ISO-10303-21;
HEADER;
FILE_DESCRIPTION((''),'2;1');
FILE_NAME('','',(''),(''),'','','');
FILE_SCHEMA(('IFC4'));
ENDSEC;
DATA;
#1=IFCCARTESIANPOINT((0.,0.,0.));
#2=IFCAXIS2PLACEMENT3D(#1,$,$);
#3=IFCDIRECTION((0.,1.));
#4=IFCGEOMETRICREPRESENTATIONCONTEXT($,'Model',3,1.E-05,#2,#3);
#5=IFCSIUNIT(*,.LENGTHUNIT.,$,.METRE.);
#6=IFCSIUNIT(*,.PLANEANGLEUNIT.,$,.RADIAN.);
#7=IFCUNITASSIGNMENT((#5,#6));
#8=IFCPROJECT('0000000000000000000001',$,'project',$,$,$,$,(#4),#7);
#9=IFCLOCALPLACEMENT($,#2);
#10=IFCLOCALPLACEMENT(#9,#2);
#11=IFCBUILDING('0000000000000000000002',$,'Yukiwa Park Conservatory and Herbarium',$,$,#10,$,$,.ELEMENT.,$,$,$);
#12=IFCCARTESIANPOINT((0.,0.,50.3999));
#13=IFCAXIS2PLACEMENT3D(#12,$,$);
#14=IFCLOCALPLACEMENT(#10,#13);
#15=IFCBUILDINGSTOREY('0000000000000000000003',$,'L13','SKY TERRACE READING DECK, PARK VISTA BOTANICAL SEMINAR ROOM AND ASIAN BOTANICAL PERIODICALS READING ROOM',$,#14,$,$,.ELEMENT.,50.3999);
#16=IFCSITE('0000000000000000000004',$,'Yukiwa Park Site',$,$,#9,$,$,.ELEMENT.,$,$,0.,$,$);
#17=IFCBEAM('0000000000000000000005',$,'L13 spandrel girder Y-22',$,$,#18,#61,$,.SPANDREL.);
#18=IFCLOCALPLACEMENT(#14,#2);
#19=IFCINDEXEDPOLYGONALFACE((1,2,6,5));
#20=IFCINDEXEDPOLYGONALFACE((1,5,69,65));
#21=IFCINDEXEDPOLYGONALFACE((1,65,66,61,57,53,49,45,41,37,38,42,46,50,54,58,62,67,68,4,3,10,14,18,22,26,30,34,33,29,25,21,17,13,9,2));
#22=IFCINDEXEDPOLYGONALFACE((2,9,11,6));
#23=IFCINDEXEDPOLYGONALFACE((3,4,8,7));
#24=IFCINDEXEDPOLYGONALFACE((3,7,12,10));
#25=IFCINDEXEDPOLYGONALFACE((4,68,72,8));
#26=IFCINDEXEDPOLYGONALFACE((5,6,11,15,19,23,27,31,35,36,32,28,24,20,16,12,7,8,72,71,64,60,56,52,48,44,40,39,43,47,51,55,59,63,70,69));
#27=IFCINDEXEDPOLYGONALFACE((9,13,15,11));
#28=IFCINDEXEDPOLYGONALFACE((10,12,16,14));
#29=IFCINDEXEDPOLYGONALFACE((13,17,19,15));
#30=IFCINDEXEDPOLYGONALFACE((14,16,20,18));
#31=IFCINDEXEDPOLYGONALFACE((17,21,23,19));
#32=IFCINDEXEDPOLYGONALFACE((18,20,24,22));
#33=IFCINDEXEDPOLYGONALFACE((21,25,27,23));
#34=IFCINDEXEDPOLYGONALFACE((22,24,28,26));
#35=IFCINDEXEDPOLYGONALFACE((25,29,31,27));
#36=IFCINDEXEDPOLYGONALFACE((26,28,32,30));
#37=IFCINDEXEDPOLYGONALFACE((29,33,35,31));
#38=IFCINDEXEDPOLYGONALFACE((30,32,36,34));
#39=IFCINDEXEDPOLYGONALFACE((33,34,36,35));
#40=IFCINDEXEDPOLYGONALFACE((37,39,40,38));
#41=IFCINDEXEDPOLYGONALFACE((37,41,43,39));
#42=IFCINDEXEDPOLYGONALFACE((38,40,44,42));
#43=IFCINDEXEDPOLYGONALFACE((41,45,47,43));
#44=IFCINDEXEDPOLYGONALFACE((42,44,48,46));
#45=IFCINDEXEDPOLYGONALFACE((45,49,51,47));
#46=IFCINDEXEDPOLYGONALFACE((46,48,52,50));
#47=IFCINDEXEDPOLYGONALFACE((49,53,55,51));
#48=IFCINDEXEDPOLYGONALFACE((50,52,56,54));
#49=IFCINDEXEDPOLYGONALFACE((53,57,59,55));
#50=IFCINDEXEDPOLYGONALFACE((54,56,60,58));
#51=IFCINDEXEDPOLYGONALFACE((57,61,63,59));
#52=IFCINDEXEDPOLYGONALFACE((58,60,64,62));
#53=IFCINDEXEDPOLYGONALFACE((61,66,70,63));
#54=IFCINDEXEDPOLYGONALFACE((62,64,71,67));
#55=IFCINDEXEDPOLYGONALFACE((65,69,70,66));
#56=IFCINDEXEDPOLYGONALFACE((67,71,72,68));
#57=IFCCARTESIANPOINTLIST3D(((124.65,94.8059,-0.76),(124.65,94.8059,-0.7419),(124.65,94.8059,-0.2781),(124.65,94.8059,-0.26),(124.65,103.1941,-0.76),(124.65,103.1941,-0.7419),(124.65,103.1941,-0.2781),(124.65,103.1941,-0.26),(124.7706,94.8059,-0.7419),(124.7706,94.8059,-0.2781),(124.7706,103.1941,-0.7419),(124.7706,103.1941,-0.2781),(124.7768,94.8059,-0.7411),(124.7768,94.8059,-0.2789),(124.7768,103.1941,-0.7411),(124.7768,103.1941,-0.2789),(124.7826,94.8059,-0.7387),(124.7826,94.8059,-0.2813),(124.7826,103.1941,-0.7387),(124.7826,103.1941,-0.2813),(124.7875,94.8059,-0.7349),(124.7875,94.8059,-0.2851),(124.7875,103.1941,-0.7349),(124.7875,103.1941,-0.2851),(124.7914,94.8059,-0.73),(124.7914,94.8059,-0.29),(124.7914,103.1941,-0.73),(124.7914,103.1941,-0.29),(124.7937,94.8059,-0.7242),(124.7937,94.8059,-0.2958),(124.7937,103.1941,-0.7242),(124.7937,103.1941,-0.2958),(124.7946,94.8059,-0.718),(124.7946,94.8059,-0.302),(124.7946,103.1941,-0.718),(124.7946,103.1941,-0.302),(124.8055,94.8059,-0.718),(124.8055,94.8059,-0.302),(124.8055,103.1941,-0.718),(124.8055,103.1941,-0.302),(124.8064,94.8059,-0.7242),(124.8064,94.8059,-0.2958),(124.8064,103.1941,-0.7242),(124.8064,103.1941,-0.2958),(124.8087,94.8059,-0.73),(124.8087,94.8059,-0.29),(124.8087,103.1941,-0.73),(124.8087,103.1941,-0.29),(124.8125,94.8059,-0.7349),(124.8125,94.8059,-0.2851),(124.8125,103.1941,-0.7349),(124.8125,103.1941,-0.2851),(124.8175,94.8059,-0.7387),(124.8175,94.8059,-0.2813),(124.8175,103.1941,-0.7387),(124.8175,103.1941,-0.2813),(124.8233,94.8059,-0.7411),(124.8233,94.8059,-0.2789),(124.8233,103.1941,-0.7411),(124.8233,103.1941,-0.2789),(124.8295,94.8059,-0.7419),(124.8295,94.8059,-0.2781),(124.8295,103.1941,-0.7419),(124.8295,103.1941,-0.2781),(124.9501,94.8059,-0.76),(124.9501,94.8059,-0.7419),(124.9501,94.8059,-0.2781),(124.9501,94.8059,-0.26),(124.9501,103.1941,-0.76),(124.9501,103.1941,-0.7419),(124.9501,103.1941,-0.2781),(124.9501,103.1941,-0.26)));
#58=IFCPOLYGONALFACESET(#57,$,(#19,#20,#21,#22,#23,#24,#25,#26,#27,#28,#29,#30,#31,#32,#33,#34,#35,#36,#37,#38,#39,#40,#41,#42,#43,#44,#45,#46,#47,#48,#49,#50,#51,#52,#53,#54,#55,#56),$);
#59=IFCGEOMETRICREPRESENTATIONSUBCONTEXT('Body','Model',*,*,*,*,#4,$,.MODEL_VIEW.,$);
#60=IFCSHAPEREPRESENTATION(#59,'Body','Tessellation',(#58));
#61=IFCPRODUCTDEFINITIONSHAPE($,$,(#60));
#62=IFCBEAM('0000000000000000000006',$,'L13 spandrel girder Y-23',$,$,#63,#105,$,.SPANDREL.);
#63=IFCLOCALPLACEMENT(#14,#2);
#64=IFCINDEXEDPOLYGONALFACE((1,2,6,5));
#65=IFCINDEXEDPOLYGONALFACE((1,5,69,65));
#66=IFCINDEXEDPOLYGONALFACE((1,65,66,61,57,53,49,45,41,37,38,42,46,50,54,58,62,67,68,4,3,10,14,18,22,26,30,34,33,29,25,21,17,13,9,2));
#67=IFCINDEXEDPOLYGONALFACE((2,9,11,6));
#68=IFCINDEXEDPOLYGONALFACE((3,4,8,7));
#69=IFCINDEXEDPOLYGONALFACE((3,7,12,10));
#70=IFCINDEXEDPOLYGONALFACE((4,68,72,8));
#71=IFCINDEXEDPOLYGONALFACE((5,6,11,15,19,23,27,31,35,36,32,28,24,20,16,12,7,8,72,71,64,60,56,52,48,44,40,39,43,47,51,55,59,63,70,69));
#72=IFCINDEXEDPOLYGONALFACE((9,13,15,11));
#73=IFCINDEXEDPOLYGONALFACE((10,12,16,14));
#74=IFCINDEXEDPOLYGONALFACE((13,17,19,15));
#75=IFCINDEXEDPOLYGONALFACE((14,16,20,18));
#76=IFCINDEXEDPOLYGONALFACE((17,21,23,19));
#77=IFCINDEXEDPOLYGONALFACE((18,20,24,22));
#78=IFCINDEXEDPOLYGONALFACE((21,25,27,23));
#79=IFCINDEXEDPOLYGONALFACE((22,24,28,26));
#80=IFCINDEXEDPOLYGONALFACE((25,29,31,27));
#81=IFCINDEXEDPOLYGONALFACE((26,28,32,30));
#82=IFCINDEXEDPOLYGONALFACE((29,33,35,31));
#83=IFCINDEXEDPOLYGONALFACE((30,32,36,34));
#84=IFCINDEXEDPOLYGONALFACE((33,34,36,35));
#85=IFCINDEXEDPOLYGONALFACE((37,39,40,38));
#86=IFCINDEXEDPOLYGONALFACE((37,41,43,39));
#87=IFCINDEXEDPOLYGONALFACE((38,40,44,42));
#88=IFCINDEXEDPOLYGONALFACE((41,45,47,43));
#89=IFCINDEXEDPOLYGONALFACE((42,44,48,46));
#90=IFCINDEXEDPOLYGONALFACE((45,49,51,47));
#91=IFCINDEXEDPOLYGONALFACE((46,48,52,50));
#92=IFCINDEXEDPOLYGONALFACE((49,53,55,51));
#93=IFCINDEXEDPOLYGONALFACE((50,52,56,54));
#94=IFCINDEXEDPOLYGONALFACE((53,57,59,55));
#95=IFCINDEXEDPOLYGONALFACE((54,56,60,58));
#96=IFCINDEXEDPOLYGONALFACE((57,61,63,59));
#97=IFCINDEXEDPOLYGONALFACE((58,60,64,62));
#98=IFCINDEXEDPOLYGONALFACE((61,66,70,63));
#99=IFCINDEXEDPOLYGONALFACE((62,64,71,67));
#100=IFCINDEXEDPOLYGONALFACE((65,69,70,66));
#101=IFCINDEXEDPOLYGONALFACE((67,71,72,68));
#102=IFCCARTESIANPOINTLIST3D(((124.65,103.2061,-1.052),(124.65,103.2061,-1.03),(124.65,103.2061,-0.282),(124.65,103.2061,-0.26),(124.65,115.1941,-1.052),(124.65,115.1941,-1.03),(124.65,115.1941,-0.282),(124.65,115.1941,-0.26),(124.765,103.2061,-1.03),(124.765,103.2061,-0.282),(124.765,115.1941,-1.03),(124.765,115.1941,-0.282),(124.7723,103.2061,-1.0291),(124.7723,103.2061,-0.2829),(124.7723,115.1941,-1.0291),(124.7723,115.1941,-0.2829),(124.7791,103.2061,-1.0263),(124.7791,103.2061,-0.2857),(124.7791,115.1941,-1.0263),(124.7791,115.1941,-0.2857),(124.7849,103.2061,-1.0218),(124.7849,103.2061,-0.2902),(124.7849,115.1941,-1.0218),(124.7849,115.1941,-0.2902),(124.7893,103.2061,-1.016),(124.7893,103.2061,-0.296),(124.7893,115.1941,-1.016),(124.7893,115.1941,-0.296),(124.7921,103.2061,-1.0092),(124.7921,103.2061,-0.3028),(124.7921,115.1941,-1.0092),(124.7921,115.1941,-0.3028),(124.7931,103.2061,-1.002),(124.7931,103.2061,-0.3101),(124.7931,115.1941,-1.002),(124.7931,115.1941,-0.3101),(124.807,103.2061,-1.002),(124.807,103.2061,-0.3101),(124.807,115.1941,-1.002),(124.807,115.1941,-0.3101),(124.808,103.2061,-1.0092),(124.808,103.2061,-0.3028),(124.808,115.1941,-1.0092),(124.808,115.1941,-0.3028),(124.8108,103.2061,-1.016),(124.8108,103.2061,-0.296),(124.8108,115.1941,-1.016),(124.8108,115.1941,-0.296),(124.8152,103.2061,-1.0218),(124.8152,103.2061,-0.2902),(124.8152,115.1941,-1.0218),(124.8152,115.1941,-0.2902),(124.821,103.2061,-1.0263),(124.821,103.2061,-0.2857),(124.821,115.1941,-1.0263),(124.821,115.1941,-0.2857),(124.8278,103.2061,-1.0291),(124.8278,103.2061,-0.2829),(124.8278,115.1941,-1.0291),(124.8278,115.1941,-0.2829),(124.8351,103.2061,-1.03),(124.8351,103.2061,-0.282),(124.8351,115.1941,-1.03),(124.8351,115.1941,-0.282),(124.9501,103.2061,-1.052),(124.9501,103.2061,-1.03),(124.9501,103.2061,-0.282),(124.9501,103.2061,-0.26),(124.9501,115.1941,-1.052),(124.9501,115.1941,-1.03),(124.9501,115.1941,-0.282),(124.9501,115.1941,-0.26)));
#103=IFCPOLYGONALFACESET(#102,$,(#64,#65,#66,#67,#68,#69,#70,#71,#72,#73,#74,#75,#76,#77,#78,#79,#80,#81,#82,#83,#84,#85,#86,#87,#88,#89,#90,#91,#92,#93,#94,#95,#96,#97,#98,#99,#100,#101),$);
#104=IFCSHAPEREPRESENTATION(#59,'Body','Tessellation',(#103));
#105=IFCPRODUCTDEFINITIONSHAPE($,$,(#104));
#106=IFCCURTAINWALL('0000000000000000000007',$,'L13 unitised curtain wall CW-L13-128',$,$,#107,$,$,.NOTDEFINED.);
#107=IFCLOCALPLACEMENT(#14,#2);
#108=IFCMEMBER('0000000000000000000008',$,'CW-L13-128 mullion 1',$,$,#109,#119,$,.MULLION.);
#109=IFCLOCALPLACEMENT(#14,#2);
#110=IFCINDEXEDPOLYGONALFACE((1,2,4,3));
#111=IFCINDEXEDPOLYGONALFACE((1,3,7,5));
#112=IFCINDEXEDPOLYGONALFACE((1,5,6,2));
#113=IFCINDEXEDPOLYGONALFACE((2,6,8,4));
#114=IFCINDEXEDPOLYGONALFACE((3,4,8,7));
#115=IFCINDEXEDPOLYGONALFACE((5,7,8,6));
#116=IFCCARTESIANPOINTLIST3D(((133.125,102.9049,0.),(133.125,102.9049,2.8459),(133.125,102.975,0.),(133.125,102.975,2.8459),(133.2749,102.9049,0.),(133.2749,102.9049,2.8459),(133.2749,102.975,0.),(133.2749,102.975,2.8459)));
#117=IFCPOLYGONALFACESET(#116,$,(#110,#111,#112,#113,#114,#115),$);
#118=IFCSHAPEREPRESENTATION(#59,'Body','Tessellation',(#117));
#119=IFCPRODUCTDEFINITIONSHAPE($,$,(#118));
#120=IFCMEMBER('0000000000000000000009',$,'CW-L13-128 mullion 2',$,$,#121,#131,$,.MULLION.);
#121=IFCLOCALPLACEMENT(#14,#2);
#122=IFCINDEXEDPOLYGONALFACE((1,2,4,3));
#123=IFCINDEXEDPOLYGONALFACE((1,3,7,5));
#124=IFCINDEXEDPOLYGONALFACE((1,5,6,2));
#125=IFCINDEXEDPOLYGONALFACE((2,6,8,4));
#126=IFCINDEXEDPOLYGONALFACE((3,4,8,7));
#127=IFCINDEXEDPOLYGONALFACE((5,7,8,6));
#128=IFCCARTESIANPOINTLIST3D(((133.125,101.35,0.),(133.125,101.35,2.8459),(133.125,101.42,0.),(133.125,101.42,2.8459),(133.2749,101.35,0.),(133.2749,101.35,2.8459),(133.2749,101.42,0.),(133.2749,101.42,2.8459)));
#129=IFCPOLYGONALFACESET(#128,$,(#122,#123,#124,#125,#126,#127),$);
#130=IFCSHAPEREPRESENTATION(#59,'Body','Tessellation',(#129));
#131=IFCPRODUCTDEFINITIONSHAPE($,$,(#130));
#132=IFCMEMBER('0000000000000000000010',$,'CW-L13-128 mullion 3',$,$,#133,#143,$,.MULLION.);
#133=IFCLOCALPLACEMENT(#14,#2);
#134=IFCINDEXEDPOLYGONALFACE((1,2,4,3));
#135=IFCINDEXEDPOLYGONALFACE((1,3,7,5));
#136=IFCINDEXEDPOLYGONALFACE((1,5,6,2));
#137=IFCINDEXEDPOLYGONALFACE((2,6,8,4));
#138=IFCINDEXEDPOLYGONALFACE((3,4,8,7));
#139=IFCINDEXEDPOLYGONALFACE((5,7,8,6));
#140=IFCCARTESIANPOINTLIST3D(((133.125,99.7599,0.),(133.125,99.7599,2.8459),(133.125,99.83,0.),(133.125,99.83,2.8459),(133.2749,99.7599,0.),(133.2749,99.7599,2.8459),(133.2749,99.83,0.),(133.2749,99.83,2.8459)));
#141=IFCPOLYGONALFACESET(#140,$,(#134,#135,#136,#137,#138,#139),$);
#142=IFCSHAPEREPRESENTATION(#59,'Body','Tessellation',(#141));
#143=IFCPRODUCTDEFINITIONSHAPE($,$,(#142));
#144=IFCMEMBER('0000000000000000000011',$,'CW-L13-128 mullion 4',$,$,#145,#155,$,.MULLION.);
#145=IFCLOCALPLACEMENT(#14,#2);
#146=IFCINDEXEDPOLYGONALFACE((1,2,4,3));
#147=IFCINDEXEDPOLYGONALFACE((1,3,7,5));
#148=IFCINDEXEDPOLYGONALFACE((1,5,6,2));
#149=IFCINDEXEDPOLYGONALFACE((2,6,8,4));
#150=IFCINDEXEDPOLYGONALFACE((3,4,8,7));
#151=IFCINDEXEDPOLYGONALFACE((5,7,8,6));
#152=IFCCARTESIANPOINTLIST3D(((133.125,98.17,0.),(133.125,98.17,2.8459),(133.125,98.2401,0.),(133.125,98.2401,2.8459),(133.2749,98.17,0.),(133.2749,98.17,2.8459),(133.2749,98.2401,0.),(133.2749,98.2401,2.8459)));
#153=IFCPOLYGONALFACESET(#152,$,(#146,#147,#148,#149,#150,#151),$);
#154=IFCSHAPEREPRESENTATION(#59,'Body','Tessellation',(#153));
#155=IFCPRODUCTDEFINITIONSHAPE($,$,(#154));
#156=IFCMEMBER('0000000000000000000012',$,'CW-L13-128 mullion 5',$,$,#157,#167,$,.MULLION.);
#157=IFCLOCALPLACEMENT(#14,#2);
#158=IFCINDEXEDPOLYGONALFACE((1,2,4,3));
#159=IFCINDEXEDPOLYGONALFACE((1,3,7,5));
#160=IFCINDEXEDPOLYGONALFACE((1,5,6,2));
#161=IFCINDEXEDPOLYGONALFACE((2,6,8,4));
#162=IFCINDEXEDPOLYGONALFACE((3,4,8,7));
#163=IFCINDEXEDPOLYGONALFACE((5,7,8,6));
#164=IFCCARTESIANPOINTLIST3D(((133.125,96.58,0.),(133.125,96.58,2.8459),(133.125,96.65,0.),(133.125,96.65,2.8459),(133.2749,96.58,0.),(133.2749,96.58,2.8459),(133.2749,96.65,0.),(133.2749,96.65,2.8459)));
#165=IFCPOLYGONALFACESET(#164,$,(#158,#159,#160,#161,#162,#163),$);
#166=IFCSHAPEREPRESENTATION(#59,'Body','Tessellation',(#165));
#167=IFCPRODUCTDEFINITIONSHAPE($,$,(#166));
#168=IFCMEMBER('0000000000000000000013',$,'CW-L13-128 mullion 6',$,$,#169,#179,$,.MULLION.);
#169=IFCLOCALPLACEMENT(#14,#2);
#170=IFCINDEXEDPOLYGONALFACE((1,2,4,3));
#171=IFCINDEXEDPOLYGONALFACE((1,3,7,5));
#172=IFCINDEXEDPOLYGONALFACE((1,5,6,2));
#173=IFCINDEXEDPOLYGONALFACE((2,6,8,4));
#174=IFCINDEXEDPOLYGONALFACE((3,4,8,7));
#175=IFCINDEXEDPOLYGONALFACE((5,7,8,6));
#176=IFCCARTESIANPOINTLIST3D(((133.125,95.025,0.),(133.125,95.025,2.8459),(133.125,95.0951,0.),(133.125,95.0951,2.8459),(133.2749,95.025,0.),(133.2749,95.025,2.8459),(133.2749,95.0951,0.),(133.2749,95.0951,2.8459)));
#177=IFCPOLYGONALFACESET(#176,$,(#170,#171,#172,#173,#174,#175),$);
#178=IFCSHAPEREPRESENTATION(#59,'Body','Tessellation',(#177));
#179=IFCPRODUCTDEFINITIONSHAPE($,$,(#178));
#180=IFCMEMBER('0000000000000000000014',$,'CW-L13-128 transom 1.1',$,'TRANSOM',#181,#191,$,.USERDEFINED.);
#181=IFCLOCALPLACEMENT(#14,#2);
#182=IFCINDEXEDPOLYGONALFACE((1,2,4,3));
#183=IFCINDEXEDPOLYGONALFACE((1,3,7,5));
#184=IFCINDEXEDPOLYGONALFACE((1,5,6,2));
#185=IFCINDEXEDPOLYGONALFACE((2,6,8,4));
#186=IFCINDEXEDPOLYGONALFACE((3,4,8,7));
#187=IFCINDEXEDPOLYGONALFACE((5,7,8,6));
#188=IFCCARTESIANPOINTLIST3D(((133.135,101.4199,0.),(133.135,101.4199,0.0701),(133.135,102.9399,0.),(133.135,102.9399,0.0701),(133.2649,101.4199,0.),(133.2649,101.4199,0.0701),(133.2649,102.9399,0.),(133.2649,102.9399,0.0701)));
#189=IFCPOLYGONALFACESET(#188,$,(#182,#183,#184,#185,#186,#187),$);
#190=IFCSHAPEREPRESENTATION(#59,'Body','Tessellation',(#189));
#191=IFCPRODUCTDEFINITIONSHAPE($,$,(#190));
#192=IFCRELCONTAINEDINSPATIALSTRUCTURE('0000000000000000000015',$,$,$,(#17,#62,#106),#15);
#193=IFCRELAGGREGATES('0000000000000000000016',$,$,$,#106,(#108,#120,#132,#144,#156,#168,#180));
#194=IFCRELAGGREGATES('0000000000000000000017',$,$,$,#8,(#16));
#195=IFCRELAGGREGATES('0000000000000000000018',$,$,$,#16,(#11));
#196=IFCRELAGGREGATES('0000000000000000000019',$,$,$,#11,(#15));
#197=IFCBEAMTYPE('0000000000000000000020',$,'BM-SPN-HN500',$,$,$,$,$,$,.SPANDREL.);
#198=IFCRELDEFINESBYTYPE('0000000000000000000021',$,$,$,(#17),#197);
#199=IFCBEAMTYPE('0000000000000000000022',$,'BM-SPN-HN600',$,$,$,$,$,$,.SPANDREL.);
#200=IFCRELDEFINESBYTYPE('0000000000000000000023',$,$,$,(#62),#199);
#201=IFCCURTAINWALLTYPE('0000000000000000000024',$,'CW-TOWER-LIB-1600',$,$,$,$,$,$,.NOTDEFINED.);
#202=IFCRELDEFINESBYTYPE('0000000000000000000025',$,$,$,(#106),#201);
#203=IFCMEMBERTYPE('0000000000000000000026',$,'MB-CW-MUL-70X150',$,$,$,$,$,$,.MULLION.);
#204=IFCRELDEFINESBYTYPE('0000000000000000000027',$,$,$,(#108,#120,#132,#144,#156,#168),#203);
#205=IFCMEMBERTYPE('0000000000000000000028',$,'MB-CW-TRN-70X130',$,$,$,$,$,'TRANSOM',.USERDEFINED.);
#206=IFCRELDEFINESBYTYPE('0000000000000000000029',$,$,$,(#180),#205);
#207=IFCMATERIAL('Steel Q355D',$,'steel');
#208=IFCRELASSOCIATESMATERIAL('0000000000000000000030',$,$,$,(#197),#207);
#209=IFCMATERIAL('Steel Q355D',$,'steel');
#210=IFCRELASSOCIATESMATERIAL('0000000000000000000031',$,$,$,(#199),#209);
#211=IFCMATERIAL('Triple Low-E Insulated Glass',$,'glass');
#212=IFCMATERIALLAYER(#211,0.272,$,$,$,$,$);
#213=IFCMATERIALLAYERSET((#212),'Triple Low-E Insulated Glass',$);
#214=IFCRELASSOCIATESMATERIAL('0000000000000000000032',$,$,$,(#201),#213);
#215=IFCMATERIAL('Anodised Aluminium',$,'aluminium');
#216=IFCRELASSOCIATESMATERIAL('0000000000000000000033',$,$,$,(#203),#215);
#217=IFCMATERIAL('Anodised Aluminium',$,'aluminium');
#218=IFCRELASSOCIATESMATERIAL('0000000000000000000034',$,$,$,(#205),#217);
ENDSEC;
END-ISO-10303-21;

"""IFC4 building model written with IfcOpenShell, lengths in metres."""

from ifc_helpers import new_model, si_unit, direction, frame, origin, origin_2d, place, context, subcontext, project, spatial, rectangle, i_section, extrude, material, layer, layer_set, material_profile, profile_set, type_object, element, aggregate, save


model = new_model("IFC4")

# Units and contexts
model_context = context("Model", 3, precision=1e-05, world=origin(), true_north=direction((0.0, 1.0)))
body_context = subcontext(model_context, "Body", "Model", "MODEL_VIEW")
ifc_project = project(units=[si_unit("LENGTHUNIT", "METRE"), si_unit("PLANEANGLEUNIT", "RADIAN")], contexts=[model_context])

# Site, building, storey
site_placement = place(None, origin())
site = spatial("IfcSite", under=ifc_project, at=site_placement, Name="Yukiwa Park Site", CompositionType="ELEMENT", RefElevation=0.0)
building_placement = place(site_placement, origin())
building = spatial("IfcBuilding", under=site, at=building_placement, Name="Yukiwa Park Conservatory and Herbarium", CompositionType="ELEMENT")
storey_placement = place(building_placement, frame((0.0, 0.0, 50.3999)))
storey = spatial("IfcBuildingStorey", under=building, at=storey_placement, Name="L13", Description="SKY TERRACE READING DECK, PARK VISTA BOTANICAL SEMINAR ROOM AND ASIAN BOTANICAL PERIODICALS READING ROOM", CompositionType="ELEMENT", Elevation=50.3999)

# Beams
ifc_material_1 = material(Name="Steel Q355D", Category="steel")
ifc_material_profile_1 = material_profile(ifc_material_1, i_section(OverallWidth=0.3, OverallDepth=0.5, WebThickness=0.011, FlangeThickness=0.0181, FilletRadius=0.0239, at=origin_2d()), Name="HM 500x300x11x18")
ifc_profile_set_1 = profile_set([ifc_material_profile_1], Name="Steel Q355D")
beam_type_1 = type_object("IfcBeamType", Name="BM-SPN-HN500", PredefinedType="SPANDREL", material=ifc_profile_set_1)
beam_1_placement = place(storey_placement, frame((124.8, 94.8059, -0.51), z_axis=(0.0, 1.0, 0.0), x_axis=(-1.0, 0.0, 0.0)))
element("IfcBeam", 1, at=beam_1_placement, inside=storey, type_object=beam_type_1, Name="L13 spandrel girder Y-22", PredefinedType="SPANDREL", context=body_context, shape_type="SweptSolid", body=[
    extrude(i_section(OverallWidth=0.3, OverallDepth=0.5, WebThickness=0.011, FlangeThickness=0.0181, FilletRadius=0.0239, at=origin_2d()), origin(), (0.0, 0.0, 1.0), 8.3882),
])
ifc_material_2 = material(Name="Steel Q355D", Category="steel")
ifc_material_profile_2 = material_profile(ifc_material_2, i_section(OverallWidth=0.3, OverallDepth=0.792, WebThickness=0.0139, FlangeThickness=0.022, FilletRadius=0.0281, at=origin_2d()), Name="HN 792x300x14x22")
ifc_profile_set_2 = profile_set([ifc_material_profile_2], Name="Steel Q355D")
beam_type_2 = type_object("IfcBeamType", Name="BM-SPN-HN600", PredefinedType="SPANDREL", material=ifc_profile_set_2)
beam_2_placement = place(storey_placement, frame((124.8, 103.2061, -0.656), z_axis=(0.0, 1.0, 0.0), x_axis=(-1.0, 0.0, 0.0)))
element("IfcBeam", 2, at=beam_2_placement, inside=storey, type_object=beam_type_2, Name="L13 spandrel girder Y-23", PredefinedType="SPANDREL", context=body_context, shape_type="SweptSolid", body=[
    extrude(i_section(OverallWidth=0.3, OverallDepth=0.792, WebThickness=0.0139, FlangeThickness=0.022, FilletRadius=0.0281, at=origin_2d()), origin(), (0.0, 0.0, 1.0), 11.988),
])

# Curtain wall, members
ifc_material_3 = material(Name="Triple Low-E Insulated Glass", Category="glass")
ifc_layer_1 = layer(ifc_material_3, 0.272)
ifc_layer_set_1 = layer_set([ifc_layer_1], Name="Triple Low-E Insulated Glass")
curtain_wall_type = type_object("IfcCurtainWallType", Name="CW-TOWER-LIB-1600", PredefinedType="NOTDEFINED", material=ifc_layer_set_1)
curtain_wall_placement = place(storey_placement, origin())
curtain_wall = element("IfcCurtainWall", 3, at=curtain_wall_placement, inside=storey, type_object=curtain_wall_type, Name="L13 unitised curtain wall CW-L13-128", PredefinedType="NOTDEFINED")
ifc_material_4 = material(Name="Anodised Aluminium", Category="aluminium")
member_type_1 = type_object("IfcMemberType", Name="MB-CW-MUL-70X150", PredefinedType="MULLION", material=ifc_material_4)
member_1_placement = place(storey_placement, frame((133.2, 102.9399, 0.0), z_axis=(0.0, 0.0, 1.0), x_axis=(0.0, -1.0, 0.0)))
member_1 = element("IfcMember", 4, at=member_1_placement, type_object=member_type_1, Name="CW-L13-128 mullion 1", PredefinedType="MULLION", context=body_context, shape_type="SweptSolid", body=[
    extrude(rectangle(XDim=0.0701, YDim=0.1499, at=origin_2d()), origin(), (0.0, 0.0, 1.0), 2.8459),
])
member_2_placement = place(storey_placement, frame((133.2, 101.385, 0.0), z_axis=(0.0, 0.0, 1.0), x_axis=(0.0, -1.0, 0.0)))
member_2 = element("IfcMember", 5, at=member_2_placement, type_object=member_type_1, Name="CW-L13-128 mullion 2", PredefinedType="MULLION", context=body_context, shape_type="SweptSolid", body=[
    extrude(rectangle(XDim=0.0701, YDim=0.1499, at=origin_2d()), origin(), (0.0, 0.0, 1.0), 2.8459),
])
member_3_placement = place(storey_placement, frame((133.2, 99.7949, 0.0), z_axis=(0.0, 0.0, 1.0), x_axis=(0.0, -1.0, 0.0)))
member_3 = element("IfcMember", 6, at=member_3_placement, type_object=member_type_1, Name="CW-L13-128 mullion 3", PredefinedType="MULLION", context=body_context, shape_type="SweptSolid", body=[
    extrude(rectangle(XDim=0.0701, YDim=0.1499, at=origin_2d()), origin(), (0.0, 0.0, 1.0), 2.8459),
])
member_4_placement = place(storey_placement, frame((133.2, 98.2051, 0.0), z_axis=(0.0, 0.0, 1.0), x_axis=(0.0, -1.0, 0.0)))
member_4 = element("IfcMember", 7, at=member_4_placement, type_object=member_type_1, Name="CW-L13-128 mullion 4", PredefinedType="MULLION", context=body_context, shape_type="SweptSolid", body=[
    extrude(rectangle(XDim=0.0701, YDim=0.1499, at=origin_2d()), origin(), (0.0, 0.0, 1.0), 2.8459),
])
member_5_placement = place(storey_placement, frame((133.2, 96.615, 0.0), z_axis=(0.0, 0.0, 1.0), x_axis=(0.0, -1.0, 0.0)))
member_5 = element("IfcMember", 8, at=member_5_placement, type_object=member_type_1, Name="CW-L13-128 mullion 5", PredefinedType="MULLION", context=body_context, shape_type="SweptSolid", body=[
    extrude(rectangle(XDim=0.0701, YDim=0.1499, at=origin_2d()), origin(), (0.0, 0.0, 1.0), 2.8459),
])
member_6_placement = place(storey_placement, frame((133.2, 95.0601, 0.0), z_axis=(0.0, 0.0, 1.0), x_axis=(0.0, -1.0, 0.0)))
member_6 = element("IfcMember", 9, at=member_6_placement, type_object=member_type_1, Name="CW-L13-128 mullion 6", PredefinedType="MULLION", context=body_context, shape_type="SweptSolid", body=[
    extrude(rectangle(XDim=0.0701, YDim=0.1499, at=origin_2d()), origin(), (0.0, 0.0, 1.0), 2.8459),
])
ifc_material_5 = material(Name="Anodised Aluminium", Category="aluminium")
member_type_2 = type_object("IfcMemberType", Name="MB-CW-TRN-70X130", ElementType="TRANSOM", PredefinedType="USERDEFINED", material=ifc_material_5)
member_7_placement = place(storey_placement, frame((133.2, 102.1799, 0.0), z_axis=(0.0, 0.0, 1.0), x_axis=(0.0, -1.0, 0.0)))
member_7 = element("IfcMember", 10, at=member_7_placement, type_object=member_type_2, Name="CW-L13-128 transom 1.1", ObjectType="TRANSOM", PredefinedType="USERDEFINED", context=body_context, shape_type="SweptSolid", body=[
    extrude(rectangle(XDim=1.52, YDim=0.1299, at=origin_2d()), origin(), (0.0, 0.0, 1.0), 0.0701),
])
aggregate(curtain_wall, [member_1, member_2, member_3, member_4, member_5, member_6, member_7])

save(model, "model.ifc")
